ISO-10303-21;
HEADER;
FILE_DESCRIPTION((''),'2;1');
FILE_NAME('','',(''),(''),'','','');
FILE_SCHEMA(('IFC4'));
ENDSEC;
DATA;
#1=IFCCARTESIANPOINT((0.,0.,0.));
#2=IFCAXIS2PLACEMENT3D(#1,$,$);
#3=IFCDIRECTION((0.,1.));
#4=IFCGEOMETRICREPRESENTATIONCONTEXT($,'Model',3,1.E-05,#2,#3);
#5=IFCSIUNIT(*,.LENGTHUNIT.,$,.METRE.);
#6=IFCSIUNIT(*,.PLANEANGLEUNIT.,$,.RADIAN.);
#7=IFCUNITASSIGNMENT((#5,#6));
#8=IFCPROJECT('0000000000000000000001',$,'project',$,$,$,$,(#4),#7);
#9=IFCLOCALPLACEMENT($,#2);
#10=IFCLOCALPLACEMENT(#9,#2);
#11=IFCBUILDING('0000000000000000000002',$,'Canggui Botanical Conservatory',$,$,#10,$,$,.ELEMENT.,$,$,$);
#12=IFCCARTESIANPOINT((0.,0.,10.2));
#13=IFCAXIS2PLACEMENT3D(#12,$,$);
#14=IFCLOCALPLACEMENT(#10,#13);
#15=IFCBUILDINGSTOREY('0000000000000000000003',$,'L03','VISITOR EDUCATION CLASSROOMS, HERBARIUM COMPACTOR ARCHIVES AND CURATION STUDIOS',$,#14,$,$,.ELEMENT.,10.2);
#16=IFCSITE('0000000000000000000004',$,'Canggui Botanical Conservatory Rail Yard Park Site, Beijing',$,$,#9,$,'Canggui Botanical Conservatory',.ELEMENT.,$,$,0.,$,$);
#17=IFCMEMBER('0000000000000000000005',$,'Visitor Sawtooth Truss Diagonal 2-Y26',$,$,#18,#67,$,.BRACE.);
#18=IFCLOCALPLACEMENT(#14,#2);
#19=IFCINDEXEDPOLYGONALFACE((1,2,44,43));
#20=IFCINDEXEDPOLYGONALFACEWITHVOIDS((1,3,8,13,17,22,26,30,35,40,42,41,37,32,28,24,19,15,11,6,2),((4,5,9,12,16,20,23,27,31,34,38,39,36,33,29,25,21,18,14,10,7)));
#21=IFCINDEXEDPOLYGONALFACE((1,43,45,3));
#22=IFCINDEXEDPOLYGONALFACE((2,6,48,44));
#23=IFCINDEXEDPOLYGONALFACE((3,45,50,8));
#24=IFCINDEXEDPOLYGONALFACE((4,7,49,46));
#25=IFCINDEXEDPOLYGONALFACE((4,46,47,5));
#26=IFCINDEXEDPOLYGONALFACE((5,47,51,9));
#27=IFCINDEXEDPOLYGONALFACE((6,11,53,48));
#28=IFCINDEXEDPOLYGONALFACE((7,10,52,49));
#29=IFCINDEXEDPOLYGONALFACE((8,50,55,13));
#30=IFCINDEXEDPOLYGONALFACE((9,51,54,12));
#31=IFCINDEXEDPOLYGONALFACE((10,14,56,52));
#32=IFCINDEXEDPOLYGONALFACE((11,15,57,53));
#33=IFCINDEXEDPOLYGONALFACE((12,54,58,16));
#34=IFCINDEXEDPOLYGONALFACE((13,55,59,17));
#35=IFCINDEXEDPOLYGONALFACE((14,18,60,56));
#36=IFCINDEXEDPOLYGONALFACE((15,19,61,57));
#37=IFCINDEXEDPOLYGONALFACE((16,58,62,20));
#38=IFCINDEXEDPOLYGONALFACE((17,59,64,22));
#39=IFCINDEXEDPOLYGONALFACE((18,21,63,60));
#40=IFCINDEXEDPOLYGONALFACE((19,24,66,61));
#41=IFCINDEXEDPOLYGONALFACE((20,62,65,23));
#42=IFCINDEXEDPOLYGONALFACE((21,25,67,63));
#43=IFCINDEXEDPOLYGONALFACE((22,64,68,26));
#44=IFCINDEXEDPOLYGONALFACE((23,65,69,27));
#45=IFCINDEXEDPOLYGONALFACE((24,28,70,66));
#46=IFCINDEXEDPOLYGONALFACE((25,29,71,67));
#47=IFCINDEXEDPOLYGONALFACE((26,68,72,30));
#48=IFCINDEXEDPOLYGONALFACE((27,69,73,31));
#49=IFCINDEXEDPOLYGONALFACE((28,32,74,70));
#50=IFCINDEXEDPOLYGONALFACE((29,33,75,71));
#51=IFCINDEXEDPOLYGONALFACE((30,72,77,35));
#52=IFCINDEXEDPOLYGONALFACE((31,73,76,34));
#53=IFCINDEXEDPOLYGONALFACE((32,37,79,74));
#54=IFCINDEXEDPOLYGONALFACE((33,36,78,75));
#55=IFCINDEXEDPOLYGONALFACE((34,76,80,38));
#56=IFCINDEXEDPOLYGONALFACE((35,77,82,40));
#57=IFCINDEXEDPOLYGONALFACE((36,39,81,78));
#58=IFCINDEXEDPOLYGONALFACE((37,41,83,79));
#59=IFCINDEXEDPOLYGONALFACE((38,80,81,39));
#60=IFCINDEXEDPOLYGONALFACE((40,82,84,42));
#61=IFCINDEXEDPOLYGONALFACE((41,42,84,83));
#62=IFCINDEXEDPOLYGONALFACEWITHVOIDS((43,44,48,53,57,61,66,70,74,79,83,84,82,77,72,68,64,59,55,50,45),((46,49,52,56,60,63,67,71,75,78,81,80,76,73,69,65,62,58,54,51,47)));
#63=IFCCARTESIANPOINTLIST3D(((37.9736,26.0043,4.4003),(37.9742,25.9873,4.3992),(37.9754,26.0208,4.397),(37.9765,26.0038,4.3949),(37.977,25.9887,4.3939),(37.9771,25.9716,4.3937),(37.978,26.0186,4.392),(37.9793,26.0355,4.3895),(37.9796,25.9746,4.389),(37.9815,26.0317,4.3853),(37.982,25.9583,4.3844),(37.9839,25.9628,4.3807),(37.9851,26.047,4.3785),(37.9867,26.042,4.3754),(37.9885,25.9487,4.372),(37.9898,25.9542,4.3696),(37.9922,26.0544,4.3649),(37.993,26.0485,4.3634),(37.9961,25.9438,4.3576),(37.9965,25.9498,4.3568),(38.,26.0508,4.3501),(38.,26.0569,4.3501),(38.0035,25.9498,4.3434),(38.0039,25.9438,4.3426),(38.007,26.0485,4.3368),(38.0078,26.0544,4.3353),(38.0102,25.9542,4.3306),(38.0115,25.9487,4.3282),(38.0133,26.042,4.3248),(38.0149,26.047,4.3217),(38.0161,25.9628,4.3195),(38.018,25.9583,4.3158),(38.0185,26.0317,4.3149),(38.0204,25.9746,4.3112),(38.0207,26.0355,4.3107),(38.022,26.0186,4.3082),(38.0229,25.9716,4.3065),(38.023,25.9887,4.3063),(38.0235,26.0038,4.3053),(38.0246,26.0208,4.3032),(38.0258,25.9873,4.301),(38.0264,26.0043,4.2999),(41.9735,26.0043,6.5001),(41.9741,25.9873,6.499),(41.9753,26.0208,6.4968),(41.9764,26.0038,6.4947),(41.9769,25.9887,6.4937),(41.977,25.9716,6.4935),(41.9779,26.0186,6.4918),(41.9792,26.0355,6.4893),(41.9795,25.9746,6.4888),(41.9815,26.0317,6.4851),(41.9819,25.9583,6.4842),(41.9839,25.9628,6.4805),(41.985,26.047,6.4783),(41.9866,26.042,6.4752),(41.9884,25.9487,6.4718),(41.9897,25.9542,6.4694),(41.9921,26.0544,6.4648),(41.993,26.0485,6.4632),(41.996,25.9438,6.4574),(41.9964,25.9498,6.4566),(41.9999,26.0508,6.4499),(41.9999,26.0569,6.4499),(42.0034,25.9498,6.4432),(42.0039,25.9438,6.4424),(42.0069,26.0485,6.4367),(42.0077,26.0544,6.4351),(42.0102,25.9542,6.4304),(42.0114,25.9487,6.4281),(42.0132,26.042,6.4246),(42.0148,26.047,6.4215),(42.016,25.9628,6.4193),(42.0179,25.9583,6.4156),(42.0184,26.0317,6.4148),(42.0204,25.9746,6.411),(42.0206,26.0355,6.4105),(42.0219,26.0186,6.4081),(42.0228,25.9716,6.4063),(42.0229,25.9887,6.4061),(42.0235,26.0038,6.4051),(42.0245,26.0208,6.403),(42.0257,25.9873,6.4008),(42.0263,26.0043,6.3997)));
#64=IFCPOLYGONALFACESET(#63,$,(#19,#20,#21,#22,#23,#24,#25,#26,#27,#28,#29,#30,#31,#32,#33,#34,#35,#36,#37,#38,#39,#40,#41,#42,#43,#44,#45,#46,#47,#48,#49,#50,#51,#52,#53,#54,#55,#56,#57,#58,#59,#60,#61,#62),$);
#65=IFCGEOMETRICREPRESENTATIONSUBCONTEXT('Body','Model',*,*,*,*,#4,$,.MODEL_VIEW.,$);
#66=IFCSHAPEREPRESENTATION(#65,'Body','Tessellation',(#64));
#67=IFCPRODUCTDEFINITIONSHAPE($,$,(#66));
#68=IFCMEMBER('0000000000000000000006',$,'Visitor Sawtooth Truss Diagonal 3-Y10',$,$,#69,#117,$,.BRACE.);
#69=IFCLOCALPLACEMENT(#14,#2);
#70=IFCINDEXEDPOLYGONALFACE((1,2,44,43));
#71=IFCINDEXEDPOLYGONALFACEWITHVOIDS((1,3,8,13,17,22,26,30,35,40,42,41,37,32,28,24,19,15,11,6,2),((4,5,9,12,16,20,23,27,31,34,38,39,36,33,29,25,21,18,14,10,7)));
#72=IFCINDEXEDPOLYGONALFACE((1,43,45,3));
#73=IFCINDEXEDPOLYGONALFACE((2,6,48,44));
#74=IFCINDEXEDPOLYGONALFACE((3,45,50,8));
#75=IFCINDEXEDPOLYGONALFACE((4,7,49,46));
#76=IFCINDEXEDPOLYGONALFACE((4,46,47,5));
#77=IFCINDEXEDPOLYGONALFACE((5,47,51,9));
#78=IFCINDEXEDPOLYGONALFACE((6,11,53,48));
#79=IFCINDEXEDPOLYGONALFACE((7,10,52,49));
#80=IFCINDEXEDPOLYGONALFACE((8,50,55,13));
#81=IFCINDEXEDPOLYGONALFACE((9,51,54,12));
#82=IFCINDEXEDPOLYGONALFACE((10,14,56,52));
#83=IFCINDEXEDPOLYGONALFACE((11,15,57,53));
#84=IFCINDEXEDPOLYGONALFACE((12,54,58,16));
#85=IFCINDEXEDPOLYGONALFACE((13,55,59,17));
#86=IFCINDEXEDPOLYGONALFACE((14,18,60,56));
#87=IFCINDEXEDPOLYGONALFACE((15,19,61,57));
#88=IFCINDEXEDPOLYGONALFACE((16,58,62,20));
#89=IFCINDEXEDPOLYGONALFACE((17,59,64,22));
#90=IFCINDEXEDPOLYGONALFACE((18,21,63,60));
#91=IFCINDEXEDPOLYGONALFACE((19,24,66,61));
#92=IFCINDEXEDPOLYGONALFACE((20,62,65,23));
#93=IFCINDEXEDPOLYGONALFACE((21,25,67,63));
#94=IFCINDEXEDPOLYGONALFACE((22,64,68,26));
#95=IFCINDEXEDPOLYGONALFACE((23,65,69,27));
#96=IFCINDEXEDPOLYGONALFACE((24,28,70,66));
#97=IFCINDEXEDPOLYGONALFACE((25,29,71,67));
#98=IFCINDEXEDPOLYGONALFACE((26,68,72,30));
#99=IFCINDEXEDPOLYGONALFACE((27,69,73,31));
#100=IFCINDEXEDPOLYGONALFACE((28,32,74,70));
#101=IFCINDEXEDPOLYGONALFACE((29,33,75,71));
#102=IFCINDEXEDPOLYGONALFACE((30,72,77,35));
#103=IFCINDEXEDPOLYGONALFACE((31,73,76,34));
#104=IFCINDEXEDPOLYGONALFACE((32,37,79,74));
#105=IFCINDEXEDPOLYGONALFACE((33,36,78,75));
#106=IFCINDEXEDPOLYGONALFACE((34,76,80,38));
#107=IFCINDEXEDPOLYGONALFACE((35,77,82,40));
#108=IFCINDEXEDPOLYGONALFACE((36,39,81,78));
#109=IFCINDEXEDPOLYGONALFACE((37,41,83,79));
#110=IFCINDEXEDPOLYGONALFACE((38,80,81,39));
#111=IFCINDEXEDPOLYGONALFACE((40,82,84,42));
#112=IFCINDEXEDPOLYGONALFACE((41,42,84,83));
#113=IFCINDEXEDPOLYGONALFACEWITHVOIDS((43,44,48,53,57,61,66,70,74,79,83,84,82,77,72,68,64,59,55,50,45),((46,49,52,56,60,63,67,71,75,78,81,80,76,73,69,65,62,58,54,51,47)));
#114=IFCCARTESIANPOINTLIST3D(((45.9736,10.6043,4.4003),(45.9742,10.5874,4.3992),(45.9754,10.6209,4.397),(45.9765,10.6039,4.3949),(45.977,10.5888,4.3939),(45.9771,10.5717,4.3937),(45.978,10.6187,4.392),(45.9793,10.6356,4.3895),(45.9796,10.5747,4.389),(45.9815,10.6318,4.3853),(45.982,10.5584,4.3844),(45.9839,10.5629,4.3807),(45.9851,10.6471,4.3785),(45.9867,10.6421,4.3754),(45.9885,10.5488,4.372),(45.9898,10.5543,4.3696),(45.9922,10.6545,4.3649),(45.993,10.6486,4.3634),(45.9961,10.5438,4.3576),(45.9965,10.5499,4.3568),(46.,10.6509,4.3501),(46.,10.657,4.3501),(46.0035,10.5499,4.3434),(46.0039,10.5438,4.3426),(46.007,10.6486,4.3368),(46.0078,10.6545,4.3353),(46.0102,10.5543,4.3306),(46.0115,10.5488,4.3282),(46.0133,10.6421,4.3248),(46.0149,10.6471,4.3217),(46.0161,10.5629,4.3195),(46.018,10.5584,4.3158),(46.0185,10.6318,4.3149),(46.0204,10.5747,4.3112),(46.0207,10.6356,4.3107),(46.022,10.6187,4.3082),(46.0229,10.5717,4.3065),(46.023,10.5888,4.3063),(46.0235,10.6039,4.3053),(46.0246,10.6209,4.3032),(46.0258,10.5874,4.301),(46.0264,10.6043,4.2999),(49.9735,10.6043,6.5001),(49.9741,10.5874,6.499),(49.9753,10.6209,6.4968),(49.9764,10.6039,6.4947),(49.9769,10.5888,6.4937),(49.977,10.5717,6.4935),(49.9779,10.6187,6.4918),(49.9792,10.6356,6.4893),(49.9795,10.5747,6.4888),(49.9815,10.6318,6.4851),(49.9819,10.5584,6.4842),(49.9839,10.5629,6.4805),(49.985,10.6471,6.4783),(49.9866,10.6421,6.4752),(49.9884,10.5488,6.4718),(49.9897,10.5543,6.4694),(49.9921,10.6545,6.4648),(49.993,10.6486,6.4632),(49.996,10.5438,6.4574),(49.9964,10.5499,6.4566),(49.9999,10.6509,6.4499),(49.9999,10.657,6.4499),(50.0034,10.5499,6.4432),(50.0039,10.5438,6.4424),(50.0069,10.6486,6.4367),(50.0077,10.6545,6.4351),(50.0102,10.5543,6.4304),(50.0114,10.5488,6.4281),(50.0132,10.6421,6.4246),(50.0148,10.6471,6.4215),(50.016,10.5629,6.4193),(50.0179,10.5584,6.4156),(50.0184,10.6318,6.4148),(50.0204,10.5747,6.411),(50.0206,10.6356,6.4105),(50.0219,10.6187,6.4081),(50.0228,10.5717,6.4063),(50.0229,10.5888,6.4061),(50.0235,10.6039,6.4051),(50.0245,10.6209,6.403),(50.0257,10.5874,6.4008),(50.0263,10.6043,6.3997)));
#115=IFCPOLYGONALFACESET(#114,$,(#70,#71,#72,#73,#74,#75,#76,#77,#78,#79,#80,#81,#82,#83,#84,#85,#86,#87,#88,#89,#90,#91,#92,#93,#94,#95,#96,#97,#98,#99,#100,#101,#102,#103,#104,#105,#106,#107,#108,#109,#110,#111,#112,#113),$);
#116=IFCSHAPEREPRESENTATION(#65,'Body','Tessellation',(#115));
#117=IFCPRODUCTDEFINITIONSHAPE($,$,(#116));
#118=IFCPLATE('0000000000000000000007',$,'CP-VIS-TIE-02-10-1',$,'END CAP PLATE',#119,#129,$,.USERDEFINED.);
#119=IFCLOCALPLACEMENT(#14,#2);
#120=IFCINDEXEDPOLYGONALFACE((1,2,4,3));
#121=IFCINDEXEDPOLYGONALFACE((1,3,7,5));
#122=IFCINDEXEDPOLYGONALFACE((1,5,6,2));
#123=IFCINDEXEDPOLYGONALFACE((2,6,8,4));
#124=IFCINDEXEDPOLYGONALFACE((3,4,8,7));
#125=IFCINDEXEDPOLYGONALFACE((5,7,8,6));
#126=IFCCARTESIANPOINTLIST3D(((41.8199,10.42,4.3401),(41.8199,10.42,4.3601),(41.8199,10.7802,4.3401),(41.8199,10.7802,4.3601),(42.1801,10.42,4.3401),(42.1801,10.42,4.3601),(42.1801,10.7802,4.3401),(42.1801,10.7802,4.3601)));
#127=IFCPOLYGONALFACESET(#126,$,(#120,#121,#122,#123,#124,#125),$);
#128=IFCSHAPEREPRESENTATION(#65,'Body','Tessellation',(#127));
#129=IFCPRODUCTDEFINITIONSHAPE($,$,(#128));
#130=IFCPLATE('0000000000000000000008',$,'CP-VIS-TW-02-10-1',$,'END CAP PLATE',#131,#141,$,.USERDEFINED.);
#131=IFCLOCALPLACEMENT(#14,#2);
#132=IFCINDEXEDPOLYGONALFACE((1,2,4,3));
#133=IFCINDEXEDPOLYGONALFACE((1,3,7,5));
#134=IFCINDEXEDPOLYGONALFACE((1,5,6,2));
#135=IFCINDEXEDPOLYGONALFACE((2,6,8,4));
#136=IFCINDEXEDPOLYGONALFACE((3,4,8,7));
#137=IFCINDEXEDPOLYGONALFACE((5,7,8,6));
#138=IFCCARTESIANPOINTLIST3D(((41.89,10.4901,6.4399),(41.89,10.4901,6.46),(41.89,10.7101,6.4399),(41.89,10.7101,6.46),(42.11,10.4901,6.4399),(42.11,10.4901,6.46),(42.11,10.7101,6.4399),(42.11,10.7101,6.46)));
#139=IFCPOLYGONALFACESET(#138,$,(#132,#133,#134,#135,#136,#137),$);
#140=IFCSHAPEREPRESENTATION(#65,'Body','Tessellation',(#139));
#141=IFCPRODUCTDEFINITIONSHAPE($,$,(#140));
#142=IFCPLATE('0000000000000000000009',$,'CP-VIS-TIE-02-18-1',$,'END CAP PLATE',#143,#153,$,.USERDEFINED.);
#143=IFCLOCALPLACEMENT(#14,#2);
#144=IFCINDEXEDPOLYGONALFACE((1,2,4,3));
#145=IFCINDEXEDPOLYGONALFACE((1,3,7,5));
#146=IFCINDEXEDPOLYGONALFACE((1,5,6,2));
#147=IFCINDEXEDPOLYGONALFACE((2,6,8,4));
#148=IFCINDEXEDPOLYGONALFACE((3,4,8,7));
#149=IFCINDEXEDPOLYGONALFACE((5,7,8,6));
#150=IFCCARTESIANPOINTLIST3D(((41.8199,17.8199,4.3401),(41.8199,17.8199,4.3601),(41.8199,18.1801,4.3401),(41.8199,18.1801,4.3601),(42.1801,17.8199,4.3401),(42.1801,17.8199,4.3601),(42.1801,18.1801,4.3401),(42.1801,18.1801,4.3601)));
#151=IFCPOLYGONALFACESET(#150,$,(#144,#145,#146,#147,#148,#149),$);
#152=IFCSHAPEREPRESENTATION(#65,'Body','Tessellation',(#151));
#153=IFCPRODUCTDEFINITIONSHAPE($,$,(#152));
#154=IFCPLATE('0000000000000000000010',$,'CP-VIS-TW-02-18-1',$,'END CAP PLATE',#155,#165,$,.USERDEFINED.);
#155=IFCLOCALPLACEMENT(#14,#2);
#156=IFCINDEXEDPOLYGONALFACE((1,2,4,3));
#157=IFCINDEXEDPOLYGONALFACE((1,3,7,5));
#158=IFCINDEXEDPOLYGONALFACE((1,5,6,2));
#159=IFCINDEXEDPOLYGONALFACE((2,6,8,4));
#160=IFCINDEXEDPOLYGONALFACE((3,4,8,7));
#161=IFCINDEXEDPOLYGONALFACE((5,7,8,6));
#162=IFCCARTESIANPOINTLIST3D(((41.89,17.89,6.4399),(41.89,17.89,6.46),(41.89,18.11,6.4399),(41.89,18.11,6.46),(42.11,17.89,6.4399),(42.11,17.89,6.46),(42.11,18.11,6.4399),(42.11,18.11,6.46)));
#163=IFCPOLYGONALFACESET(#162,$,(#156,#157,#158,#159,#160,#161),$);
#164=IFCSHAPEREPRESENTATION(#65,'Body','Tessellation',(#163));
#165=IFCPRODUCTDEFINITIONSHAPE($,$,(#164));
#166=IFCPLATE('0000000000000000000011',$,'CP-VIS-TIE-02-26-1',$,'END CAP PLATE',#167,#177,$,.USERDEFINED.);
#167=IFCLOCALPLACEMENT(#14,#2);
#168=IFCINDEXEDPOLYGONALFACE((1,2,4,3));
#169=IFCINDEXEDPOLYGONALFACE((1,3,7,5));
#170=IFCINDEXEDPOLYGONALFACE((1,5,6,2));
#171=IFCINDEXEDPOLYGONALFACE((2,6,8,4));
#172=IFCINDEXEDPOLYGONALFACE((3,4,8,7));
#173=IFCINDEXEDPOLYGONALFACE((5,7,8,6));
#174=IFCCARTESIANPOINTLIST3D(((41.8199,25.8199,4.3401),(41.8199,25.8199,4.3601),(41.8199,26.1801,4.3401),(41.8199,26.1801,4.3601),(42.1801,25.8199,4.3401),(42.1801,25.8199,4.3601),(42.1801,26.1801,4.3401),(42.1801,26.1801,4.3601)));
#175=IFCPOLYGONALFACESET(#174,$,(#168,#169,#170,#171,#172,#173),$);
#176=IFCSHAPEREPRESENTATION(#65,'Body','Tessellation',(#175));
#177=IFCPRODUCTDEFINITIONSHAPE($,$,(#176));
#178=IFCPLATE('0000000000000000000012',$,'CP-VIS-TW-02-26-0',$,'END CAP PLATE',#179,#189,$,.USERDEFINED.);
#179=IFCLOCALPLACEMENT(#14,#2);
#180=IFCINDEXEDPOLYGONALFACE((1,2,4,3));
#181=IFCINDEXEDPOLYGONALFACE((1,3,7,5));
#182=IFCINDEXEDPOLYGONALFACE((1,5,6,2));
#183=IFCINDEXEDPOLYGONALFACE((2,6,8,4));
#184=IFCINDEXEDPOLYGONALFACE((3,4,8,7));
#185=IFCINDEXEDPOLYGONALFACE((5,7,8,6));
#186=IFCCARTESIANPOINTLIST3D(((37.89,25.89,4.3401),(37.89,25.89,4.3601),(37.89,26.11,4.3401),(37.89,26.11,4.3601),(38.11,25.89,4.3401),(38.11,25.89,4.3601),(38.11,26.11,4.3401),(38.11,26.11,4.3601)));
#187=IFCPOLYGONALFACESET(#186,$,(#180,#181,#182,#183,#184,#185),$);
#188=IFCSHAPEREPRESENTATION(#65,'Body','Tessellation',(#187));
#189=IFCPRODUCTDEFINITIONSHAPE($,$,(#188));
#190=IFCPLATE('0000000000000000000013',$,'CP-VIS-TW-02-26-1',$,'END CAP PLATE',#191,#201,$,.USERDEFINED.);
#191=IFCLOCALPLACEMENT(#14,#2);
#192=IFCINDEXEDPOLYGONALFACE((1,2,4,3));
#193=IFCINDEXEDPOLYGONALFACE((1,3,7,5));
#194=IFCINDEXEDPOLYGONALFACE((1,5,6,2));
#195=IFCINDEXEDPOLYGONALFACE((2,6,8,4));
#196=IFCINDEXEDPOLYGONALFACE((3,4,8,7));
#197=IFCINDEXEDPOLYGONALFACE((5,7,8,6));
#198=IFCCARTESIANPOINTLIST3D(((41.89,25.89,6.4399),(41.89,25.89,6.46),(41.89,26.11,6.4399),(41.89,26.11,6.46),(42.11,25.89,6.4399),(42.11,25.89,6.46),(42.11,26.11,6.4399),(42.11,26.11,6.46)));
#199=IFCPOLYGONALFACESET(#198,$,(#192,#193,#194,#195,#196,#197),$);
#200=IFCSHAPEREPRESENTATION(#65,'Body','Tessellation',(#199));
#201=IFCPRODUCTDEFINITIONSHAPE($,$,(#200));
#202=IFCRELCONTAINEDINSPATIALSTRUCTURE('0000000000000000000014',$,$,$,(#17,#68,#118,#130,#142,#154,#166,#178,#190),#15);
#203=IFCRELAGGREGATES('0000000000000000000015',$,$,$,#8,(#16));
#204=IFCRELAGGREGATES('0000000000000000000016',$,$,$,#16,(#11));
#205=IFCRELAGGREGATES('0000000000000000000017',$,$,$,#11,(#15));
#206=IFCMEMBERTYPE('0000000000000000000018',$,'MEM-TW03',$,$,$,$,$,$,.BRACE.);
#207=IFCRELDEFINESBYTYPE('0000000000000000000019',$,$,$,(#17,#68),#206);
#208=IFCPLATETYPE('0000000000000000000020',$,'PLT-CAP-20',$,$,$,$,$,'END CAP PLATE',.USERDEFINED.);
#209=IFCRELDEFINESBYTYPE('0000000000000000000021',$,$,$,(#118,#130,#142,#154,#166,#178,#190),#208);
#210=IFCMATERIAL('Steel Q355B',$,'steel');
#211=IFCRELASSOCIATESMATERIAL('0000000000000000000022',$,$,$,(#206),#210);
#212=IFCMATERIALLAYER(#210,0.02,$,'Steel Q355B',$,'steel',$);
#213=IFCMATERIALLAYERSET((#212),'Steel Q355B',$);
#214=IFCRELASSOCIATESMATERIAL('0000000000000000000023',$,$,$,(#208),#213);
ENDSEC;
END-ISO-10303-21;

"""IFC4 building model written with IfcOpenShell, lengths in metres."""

from ifc_helpers import new_model, si_unit, direction, frame, origin, origin_2d, place, context, subcontext, project, spatial, rectangle, hollow_circle, extrude, material, layer, layer_set, material_profile, profile_set, type_object, element, save


model = new_model("IFC4")

# Units and contexts
model_context = context("Model", 3, precision=1e-05, world=origin(), true_north=direction((0.0, 1.0)))
body_context = subcontext(model_context, "Body", "Model", "MODEL_VIEW")
ifc_project = project(units=[si_unit("LENGTHUNIT", "METRE"), si_unit("PLANEANGLEUNIT", "RADIAN")], contexts=[model_context])

# Site, building, storey
site_placement = place(None, origin())
site = spatial("IfcSite", under=ifc_project, at=site_placement, Name="Canggui Botanical Conservatory Rail Yard Park Site, Beijing", LongName="Canggui Botanical Conservatory", CompositionType="ELEMENT", RefElevation=0.0)
building_placement = place(site_placement, origin())
building = spatial("IfcBuilding", under=site, at=building_placement, Name="Canggui Botanical Conservatory", CompositionType="ELEMENT")
storey_placement = place(building_placement, frame((0.0, 0.0, 10.2)))
storey = spatial("IfcBuildingStorey", under=building, at=storey_placement, Name="L03", Description="VISITOR EDUCATION CLASSROOMS, HERBARIUM COMPACTOR ARCHIVES AND CURATION STUDIOS", CompositionType="ELEMENT", Elevation=10.2)

# Shared definitions
ifc_material_1 = material(Name="Steel Q355B", Category="steel")

# Members
ifc_material_profile_1 = material_profile(ifc_material_1, hollow_circle(Radius=0.0569, WallThickness=0.0061, at=origin_2d()), Name="CHS 114x6")
ifc_profile_set_1 = profile_set([ifc_material_profile_1], Name="Steel Q355B")
member_type_1 = type_object("IfcMemberType", Name="MEM-TW03", PredefinedType="BRACE", material=ifc_profile_set_1)
for number, where, z_axis, x_axis, name in (
    (1, (38.0, 26.0, 4.3501), (0.885411, 0.0, 0.464808), (0.0, 1.0, 0.0), "Visitor Sawtooth Truss Diagonal 2-Y26"),
    (2, (46.0, 10.6001, 4.3501), (0.885411, 0.0, 0.464808), (0.0, 1.0, 0.0), "Visitor Sawtooth Truss Diagonal 3-Y10"),
):
    element("IfcMember", number, at=place(storey_placement, frame(where, z_axis=z_axis, x_axis=x_axis)), inside=storey, type_object=member_type_1, Name=name, PredefinedType="BRACE", context=body_context, shape_type="SweptSolid", body=[
        extrude(hollow_circle(Radius=0.0569, WallThickness=0.0061, at=origin_2d()), origin(), (0.0, 0.0, 1.0), 4.5176),
    ])

# Plates
ifc_layer_1 = layer(ifc_material_1, 0.02, Name="Steel Q355B", Category="steel")
ifc_layer_set_1 = layer_set([ifc_layer_1], Name="Steel Q355B")
plate_type = type_object("IfcPlateType", Name="PLT-CAP-20", ElementType="END CAP PLATE", PredefinedType="USERDEFINED", material=ifc_layer_set_1)
plate_1_placement = place(storey_placement, frame((42.0, 10.6001, 4.3401), z_axis=(0.0, 0.0, 1.0), x_axis=(1.0, 0.0, 0.0)))
element("IfcPlate", 3, at=plate_1_placement, inside=storey, type_object=plate_type, Name="CP-VIS-TIE-02-10-1", ObjectType="END CAP PLATE", PredefinedType="USERDEFINED", context=body_context, shape_type="SweptSolid", body=[
    extrude(rectangle(XDim=0.3601, YDim=0.3601, at=origin_2d()), origin(), (0.0, 0.0, 1.0), 0.02),
])
plate_2_placement = place(storey_placement, frame((42.0, 10.6001, 6.4399), z_axis=(0.0, 0.0, 1.0), x_axis=(1.0, 0.0, 0.0)))
element("IfcPlate", 4, at=plate_2_placement, inside=storey, type_object=plate_type, Name="CP-VIS-TW-02-10-1", ObjectType="END CAP PLATE", PredefinedType="USERDEFINED", context=body_context, shape_type="SweptSolid", body=[
    extrude(rectangle(XDim=0.22, YDim=0.22, at=origin_2d()), origin(), (0.0, 0.0, 1.0), 0.02),
])
plate_3_placement = place(storey_placement, frame((42.0, 18.0, 4.3401), z_axis=(0.0, 0.0, 1.0), x_axis=(1.0, 0.0, 0.0)))
element("IfcPlate", 5, at=plate_3_placement, inside=storey, type_object=plate_type, Name="CP-VIS-TIE-02-18-1", ObjectType="END CAP PLATE", PredefinedType="USERDEFINED", context=body_context, shape_type="SweptSolid", body=[
    extrude(rectangle(XDim=0.3601, YDim=0.3601, at=origin_2d()), origin(), (0.0, 0.0, 1.0), 0.02),
])
plate_4_placement = place(storey_placement, frame((42.0, 18.0, 6.4399), z_axis=(0.0, 0.0, 1.0), x_axis=(1.0, 0.0, 0.0)))
element("IfcPlate", 6, at=plate_4_placement, inside=storey, type_object=plate_type, Name="CP-VIS-TW-02-18-1", ObjectType="END CAP PLATE", PredefinedType="USERDEFINED", context=body_context, shape_type="SweptSolid", body=[
    extrude(rectangle(XDim=0.22, YDim=0.22, at=origin_2d()), origin(), (0.0, 0.0, 1.0), 0.02),
])
plate_5_placement = place(storey_placement, frame((42.0, 26.0, 4.3401), z_axis=(0.0, 0.0, 1.0), x_axis=(1.0, 0.0, 0.0)))
element("IfcPlate", 7, at=plate_5_placement, inside=storey, type_object=plate_type, Name="CP-VIS-TIE-02-26-1", ObjectType="END CAP PLATE", PredefinedType="USERDEFINED", context=body_context, shape_type="SweptSolid", body=[
    extrude(rectangle(XDim=0.3601, YDim=0.3601, at=origin_2d()), origin(), (0.0, 0.0, 1.0), 0.02),
])
for number, where, z_axis, x_axis, name in (
    (8, (38.0, 26.0, 4.3401), (0.0, 0.0, 1.0), (1.0, 0.0, 0.0), "CP-VIS-TW-02-26-0"),
    (9, (42.0, 26.0, 6.4399), (0.0, 0.0, 1.0), (1.0, 0.0, 0.0), "CP-VIS-TW-02-26-1"),
):
    element("IfcPlate", number, at=place(storey_placement, frame(where, z_axis=z_axis, x_axis=x_axis)), inside=storey, type_object=plate_type, Name=name, ObjectType="END CAP PLATE", PredefinedType="USERDEFINED", context=body_context, shape_type="SweptSolid", body=[
        extrude(rectangle(XDim=0.22, YDim=0.22, at=origin_2d()), origin(), (0.0, 0.0, 1.0), 0.02),
    ])

save(model, "model.ifc")
